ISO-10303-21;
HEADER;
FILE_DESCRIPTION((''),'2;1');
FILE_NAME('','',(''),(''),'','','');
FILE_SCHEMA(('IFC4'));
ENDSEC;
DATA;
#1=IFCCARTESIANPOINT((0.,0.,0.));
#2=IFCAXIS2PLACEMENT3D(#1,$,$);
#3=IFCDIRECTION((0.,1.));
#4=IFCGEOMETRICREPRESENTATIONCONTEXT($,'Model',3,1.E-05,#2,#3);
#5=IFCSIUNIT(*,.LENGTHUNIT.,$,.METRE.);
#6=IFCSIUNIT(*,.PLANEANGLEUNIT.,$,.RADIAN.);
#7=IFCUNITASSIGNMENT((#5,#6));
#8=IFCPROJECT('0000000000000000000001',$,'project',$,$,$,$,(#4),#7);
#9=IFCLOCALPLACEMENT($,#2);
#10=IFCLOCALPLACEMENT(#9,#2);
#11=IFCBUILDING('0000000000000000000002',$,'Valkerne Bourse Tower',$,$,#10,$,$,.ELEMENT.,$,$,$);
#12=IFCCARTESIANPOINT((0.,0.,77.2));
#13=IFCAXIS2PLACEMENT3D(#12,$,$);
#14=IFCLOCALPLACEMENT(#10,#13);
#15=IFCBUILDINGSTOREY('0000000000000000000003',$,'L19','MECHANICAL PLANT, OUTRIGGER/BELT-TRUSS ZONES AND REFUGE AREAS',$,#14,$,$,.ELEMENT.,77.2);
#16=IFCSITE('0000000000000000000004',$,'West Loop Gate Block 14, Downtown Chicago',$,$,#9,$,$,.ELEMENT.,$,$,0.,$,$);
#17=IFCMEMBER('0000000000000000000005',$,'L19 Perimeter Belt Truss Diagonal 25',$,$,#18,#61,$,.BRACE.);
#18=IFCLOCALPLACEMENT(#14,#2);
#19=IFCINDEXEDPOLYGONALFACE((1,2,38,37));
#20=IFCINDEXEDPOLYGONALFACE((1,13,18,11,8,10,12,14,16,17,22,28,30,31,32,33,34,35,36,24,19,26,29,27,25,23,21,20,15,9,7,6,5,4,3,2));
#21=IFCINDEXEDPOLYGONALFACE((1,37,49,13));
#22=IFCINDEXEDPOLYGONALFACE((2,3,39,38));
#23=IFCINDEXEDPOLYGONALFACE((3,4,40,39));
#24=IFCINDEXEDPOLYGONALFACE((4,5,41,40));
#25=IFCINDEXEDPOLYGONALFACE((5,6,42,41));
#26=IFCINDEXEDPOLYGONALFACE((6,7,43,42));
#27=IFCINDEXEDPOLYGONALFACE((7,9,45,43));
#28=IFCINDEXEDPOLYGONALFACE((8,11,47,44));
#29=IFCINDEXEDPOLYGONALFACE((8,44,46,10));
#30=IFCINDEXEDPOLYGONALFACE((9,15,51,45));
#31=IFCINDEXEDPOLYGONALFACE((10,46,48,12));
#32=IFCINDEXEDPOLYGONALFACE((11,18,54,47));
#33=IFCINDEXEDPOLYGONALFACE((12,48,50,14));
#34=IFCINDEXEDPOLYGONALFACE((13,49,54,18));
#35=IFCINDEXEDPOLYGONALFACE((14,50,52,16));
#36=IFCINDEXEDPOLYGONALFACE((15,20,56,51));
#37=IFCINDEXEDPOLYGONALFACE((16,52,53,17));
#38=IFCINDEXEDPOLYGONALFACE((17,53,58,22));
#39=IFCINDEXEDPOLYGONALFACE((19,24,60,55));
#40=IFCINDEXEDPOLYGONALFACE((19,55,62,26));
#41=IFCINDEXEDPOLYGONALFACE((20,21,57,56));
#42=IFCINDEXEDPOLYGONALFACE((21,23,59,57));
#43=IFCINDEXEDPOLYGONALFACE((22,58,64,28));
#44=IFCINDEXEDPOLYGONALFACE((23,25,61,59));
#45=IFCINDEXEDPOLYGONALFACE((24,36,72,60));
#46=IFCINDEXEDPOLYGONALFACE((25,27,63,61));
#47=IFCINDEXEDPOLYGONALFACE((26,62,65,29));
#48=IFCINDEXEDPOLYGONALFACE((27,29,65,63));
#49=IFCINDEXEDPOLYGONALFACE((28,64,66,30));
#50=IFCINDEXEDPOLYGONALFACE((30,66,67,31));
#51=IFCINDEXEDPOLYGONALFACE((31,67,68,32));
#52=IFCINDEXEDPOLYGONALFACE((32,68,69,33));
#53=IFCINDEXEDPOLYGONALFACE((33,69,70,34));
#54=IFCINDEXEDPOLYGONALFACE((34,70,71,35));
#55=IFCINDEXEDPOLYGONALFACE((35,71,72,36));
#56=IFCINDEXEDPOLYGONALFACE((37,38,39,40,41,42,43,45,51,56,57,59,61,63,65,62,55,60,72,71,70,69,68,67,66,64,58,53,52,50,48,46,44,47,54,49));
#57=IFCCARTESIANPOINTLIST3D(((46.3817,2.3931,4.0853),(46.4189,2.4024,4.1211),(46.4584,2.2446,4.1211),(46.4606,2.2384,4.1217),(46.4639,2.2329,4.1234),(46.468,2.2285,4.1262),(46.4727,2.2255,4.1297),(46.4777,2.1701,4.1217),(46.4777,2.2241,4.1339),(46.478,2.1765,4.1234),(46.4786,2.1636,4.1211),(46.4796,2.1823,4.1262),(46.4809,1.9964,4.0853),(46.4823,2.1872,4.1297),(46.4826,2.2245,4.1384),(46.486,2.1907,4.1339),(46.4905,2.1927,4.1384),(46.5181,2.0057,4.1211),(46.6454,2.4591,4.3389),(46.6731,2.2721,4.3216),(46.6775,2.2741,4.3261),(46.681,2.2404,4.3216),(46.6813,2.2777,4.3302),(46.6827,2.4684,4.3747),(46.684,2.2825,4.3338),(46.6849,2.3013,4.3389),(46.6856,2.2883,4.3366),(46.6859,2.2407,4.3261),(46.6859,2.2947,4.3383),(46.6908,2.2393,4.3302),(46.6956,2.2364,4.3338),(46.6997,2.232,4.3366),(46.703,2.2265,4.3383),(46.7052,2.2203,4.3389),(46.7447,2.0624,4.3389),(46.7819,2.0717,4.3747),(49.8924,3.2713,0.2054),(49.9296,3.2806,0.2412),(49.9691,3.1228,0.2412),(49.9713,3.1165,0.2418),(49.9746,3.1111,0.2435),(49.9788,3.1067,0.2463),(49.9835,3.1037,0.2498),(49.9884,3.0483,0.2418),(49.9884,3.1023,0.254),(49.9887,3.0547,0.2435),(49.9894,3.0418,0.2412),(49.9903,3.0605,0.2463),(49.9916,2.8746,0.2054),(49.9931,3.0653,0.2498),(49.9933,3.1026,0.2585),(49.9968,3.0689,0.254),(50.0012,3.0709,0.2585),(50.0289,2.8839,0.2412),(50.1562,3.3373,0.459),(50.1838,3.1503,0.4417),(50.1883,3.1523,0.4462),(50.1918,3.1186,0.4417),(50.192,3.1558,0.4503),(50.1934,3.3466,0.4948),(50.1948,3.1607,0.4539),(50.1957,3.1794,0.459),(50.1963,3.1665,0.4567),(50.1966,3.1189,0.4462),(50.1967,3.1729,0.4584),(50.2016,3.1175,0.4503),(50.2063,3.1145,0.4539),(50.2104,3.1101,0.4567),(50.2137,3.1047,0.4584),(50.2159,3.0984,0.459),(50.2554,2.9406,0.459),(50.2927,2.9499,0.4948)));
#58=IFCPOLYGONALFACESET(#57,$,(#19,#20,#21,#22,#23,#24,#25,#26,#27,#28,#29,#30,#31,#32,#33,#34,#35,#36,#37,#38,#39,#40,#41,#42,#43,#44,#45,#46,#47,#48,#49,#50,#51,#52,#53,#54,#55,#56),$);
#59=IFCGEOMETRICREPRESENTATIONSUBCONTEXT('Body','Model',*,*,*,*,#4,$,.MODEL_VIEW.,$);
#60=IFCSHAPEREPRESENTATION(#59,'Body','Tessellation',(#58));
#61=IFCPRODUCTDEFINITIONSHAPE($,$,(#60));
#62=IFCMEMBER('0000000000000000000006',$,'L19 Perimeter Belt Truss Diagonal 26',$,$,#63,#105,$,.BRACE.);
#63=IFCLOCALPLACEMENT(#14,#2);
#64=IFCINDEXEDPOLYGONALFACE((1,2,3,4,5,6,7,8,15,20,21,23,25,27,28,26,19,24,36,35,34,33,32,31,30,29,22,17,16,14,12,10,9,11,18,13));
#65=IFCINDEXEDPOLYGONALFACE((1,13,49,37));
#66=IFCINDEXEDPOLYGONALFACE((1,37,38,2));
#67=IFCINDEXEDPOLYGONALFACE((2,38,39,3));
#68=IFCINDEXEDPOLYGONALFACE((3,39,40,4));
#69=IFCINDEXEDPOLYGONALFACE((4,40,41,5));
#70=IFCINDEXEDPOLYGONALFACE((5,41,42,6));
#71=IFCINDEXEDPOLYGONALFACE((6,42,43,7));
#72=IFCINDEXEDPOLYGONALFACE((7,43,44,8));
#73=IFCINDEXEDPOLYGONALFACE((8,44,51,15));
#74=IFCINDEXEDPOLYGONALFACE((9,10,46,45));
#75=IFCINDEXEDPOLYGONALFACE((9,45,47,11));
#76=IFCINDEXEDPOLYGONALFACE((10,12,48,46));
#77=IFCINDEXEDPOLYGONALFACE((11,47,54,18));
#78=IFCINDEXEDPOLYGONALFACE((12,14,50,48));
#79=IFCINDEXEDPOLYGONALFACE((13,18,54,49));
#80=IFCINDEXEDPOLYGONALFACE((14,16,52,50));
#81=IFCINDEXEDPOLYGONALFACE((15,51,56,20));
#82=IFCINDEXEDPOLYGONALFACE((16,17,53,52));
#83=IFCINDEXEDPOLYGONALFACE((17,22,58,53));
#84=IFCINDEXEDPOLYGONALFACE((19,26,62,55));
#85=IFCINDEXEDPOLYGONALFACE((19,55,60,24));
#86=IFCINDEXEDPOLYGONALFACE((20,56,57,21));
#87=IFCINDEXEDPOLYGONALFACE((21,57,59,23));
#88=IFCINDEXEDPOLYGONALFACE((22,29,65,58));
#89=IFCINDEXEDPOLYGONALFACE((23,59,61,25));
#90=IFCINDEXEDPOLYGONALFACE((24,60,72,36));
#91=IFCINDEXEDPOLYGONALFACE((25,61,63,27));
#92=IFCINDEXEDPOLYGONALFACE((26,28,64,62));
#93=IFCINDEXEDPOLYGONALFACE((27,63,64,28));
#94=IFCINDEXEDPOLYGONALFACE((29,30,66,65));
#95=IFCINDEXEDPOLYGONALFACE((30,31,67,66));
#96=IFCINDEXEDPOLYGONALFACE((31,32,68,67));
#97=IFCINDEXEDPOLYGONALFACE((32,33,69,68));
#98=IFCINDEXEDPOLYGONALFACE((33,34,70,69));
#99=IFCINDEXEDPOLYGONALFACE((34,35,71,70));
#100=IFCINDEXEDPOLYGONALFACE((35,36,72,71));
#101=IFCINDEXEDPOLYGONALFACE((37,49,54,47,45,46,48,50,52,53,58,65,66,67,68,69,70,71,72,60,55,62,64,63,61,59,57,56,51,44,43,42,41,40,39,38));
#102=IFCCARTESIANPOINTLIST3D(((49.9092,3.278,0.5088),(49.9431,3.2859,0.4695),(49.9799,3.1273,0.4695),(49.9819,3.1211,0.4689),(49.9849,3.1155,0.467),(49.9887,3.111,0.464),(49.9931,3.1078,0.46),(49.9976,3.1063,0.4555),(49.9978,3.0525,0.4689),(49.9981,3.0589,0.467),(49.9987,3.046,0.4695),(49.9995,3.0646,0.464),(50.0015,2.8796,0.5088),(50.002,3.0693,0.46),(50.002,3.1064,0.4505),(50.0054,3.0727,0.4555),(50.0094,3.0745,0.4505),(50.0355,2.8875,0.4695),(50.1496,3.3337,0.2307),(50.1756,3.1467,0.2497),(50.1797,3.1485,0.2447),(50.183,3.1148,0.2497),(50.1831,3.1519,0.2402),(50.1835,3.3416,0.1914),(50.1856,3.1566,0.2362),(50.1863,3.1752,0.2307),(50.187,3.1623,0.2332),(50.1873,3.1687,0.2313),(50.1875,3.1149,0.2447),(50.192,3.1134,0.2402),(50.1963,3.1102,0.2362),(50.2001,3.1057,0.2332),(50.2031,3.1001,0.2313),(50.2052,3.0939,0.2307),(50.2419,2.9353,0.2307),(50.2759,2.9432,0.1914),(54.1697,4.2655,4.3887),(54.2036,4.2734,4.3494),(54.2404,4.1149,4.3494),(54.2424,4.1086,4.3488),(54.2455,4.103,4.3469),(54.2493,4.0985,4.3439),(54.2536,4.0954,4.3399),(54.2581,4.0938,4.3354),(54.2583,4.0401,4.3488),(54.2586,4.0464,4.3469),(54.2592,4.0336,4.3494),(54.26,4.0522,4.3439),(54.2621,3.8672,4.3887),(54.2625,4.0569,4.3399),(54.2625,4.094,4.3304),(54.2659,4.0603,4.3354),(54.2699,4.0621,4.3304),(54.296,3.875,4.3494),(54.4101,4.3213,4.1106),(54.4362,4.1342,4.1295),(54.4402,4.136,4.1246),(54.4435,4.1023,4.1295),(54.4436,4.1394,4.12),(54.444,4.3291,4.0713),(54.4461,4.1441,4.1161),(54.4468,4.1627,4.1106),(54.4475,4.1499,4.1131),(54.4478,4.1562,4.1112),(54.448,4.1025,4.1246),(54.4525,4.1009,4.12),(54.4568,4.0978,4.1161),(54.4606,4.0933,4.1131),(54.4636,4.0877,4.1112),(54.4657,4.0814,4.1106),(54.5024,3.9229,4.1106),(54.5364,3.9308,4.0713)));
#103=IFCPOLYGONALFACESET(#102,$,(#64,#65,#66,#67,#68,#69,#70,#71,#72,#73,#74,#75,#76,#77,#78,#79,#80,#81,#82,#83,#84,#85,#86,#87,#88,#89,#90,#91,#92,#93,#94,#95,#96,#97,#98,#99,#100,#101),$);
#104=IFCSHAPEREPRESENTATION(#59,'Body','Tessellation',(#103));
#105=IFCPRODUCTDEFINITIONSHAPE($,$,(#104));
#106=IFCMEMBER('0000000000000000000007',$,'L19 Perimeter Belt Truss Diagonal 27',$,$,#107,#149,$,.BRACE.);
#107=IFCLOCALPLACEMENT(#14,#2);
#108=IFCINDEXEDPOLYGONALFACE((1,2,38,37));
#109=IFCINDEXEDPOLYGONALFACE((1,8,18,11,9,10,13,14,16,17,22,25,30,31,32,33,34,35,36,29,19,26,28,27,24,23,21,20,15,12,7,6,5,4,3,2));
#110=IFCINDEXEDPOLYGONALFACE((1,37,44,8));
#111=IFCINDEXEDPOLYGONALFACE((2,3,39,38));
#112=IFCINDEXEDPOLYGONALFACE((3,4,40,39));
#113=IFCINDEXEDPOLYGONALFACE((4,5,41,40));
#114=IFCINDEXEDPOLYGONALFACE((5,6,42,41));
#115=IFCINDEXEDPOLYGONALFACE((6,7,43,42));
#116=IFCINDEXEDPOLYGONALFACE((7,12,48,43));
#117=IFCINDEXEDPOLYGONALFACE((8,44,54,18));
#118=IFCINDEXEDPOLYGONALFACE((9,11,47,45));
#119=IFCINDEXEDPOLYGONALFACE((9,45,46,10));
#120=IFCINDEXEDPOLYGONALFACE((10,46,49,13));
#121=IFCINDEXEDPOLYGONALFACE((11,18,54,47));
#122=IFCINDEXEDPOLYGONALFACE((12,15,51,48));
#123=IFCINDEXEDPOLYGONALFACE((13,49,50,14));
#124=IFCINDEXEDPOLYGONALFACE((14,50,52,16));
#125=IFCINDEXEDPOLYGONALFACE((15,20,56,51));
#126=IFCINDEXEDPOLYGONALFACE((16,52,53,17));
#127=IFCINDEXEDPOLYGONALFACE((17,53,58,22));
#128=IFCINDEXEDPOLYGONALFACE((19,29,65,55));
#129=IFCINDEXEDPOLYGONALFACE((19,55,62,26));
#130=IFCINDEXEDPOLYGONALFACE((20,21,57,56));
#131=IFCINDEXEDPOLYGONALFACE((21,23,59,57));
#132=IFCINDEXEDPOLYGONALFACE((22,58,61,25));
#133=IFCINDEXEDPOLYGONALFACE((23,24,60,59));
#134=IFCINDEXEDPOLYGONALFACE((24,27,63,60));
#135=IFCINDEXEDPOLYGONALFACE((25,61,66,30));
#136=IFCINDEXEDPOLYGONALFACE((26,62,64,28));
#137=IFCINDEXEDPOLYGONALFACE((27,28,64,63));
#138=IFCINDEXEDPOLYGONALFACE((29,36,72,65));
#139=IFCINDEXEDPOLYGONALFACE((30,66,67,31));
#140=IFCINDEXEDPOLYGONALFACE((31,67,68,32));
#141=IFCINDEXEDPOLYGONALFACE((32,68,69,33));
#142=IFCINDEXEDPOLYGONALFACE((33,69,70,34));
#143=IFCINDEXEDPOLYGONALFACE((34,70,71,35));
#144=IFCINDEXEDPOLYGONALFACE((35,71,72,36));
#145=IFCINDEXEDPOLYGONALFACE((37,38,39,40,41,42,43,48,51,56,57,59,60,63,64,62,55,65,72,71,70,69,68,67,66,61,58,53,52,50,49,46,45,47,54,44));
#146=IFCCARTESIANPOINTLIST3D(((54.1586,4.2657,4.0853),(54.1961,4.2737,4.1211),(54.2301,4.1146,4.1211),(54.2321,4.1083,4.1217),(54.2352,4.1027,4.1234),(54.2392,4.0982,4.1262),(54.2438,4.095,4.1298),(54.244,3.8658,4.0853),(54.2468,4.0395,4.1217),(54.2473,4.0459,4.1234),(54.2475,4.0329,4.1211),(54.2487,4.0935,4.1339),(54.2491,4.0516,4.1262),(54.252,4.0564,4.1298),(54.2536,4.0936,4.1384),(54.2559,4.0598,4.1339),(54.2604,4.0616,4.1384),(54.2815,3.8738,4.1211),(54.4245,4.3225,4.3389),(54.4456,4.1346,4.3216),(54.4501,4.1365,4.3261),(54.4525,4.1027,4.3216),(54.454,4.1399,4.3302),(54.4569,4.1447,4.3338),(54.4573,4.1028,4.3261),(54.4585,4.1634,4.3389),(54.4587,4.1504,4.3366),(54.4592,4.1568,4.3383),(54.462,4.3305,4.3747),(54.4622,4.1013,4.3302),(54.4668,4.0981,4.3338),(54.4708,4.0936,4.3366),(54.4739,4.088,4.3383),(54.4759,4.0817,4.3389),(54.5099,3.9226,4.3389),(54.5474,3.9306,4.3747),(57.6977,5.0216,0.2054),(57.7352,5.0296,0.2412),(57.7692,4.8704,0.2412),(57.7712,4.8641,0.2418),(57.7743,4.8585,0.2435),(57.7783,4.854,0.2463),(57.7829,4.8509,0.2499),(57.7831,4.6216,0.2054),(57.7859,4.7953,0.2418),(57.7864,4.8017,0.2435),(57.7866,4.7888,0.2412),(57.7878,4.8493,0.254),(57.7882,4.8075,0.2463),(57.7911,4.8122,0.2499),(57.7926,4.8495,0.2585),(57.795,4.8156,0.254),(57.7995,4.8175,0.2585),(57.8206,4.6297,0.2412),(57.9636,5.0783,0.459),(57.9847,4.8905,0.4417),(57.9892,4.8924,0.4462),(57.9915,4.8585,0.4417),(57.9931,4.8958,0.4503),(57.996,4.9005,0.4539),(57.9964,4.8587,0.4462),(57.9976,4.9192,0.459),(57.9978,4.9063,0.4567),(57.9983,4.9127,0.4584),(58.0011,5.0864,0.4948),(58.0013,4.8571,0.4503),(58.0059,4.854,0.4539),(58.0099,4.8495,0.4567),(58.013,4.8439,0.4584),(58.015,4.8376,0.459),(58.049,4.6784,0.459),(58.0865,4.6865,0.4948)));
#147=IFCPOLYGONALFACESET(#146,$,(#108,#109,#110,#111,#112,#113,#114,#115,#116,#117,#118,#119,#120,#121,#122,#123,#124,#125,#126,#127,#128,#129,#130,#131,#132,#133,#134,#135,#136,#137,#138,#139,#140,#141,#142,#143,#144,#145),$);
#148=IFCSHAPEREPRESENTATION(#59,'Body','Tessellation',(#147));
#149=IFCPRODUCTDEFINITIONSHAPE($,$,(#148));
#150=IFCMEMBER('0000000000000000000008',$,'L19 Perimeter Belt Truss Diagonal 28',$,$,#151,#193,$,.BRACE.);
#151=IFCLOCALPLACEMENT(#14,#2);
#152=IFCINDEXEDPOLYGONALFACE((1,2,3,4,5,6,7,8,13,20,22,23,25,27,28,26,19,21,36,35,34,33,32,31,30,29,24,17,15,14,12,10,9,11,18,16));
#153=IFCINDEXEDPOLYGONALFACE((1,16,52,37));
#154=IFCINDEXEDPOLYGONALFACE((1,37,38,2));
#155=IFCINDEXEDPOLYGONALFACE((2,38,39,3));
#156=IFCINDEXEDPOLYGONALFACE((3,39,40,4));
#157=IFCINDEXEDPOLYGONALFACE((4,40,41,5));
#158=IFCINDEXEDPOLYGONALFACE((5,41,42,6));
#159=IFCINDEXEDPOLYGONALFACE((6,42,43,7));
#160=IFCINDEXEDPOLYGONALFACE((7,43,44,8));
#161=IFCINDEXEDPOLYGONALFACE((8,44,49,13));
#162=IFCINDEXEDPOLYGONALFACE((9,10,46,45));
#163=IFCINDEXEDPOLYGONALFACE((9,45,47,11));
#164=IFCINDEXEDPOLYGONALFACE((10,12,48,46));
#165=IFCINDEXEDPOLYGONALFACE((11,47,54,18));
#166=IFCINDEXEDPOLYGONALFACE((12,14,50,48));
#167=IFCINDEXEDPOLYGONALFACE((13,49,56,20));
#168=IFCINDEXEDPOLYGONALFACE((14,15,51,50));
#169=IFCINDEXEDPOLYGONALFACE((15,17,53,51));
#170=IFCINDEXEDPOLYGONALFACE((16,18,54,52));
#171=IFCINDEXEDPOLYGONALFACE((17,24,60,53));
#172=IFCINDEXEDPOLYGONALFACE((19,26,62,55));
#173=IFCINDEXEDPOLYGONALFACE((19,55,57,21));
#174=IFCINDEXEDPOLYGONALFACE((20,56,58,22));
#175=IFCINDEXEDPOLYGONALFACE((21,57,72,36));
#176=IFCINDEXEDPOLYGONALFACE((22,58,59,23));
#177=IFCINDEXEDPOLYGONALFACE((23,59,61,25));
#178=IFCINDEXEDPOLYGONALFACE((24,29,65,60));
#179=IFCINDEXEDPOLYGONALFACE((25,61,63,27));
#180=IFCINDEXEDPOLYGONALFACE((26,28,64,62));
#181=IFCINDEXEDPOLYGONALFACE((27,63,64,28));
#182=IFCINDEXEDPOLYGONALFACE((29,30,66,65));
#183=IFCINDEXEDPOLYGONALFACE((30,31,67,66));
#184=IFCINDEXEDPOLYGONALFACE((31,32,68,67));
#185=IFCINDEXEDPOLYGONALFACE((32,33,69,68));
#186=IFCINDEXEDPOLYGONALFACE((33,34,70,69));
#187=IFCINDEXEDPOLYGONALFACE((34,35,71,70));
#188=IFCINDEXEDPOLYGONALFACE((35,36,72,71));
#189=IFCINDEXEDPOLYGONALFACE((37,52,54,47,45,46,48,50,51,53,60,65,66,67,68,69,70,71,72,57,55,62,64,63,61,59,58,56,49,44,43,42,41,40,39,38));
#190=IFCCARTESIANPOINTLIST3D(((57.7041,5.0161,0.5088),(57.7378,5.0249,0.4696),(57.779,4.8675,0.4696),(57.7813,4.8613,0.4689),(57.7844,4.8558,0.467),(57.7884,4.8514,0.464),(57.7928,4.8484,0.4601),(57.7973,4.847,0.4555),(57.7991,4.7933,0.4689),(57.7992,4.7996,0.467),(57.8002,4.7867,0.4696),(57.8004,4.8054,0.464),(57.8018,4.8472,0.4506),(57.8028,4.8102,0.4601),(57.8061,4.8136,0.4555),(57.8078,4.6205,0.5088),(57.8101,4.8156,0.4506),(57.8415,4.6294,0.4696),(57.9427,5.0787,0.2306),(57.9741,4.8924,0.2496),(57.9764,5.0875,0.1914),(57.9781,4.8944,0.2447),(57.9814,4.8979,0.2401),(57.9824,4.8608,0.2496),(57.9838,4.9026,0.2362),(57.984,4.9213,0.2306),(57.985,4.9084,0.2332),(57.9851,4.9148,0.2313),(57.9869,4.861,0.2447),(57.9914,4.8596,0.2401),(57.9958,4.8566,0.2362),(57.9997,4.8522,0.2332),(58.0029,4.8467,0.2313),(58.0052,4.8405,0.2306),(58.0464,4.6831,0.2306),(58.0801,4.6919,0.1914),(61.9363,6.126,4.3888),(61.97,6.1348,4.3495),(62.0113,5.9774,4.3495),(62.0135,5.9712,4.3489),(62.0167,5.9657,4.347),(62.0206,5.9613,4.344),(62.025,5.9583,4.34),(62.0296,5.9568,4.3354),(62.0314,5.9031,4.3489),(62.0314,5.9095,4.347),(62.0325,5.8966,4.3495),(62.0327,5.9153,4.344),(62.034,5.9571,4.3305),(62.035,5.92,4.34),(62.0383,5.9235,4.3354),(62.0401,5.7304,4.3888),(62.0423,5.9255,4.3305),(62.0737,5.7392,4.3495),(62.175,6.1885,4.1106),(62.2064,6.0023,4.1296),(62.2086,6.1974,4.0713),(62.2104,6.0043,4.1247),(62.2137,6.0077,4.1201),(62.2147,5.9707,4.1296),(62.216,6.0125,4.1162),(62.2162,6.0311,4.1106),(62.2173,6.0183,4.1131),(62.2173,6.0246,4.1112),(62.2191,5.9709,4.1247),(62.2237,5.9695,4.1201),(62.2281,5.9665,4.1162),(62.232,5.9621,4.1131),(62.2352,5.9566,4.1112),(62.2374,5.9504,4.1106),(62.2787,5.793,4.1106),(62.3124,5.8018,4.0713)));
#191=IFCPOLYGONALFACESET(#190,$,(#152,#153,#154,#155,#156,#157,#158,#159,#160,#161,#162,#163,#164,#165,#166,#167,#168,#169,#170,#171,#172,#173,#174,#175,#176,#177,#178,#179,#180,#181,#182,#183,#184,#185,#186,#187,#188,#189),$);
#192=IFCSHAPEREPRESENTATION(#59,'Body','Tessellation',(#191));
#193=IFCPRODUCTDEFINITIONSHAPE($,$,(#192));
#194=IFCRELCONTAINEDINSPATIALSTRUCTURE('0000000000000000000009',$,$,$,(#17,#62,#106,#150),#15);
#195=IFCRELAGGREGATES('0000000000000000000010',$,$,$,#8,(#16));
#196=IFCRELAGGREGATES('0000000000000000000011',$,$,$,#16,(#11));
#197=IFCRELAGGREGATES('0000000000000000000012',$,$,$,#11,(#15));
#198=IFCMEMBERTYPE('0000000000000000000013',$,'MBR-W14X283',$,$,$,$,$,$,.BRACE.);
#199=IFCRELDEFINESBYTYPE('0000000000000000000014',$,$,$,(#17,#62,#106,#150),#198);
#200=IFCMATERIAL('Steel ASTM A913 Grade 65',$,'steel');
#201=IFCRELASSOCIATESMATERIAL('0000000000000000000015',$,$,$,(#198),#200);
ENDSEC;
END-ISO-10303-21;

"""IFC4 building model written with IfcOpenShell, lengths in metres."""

from ifc_helpers import new_model, si_unit, direction, frame, origin, origin_2d, place, context, subcontext, project, spatial, i_section, extrude, material, material_profile, profile_set, type_object, element, save


model = new_model("IFC4")

# Units and contexts
model_context = context("Model", 3, precision=1e-05, world=origin(), true_north=direction((0.0, 1.0)))
body_context = subcontext(model_context, "Body", "Model", "MODEL_VIEW")
ifc_project = project(units=[si_unit("LENGTHUNIT", "METRE"), si_unit("PLANEANGLEUNIT", "RADIAN")], contexts=[model_context])

# Site, building, storey
site_placement = place(None, origin())
site = spatial("IfcSite", under=ifc_project, at=site_placement, Name="West Loop Gate Block 14, Downtown Chicago", CompositionType="ELEMENT", RefElevation=0.0)
building_placement = place(site_placement, origin())
building = spatial("IfcBuilding", under=site, at=building_placement, Name="Valkerne Bourse Tower", CompositionType="ELEMENT")
storey_placement = place(building_placement, frame((0.0, 0.0, 77.2)))
storey = spatial("IfcBuildingStorey", under=building, at=storey_placement, Name="L19", Description="MECHANICAL PLANT, OUTRIGGER/BELT-TRUSS ZONES AND REFUGE AREAS", CompositionType="ELEMENT", Elevation=77.2)

# Shared definitions
ifc_material_1 = material(Name="Steel ASTM A913 Grade 65", Category="steel")

# Members
ifc_material_profile_1 = material_profile(ifc_material_1, i_section(OverallWidth=0.4089, OverallDepth=0.4243, WebThickness=0.0327, FlangeThickness=0.0525, FilletRadius=0.0254, at=origin_2d()), Name="W14X283")
ifc_profile_set_1 = profile_set([ifc_material_profile_1], Name="Steel ASTM A913 Grade 65")
member_type_1 = type_object("IfcMemberType", Name="MBR-W14X283", PredefinedType="BRACE", material=ifc_profile_set_1)
member_1_placement = place(storey_placement, frame((50.0925, 3.1106, 0.3501), z_axis=(-0.661698, -0.165517, 0.731273), x_axis=(0.242663, -0.970111, 0.0)))
element("IfcMember", 1, at=member_1_placement, inside=storey, type_object=member_type_1, Name="L19 Perimeter Belt Truss Diagonal 25", PredefinedType="BRACE", context=body_context, shape_type="SweptSolid", body=[
    extrude(i_section(OverallWidth=0.4089, OverallDepth=0.4243, WebThickness=0.0327, FlangeThickness=0.0525, FilletRadius=0.0254, at=origin_2d()), origin(), (0.0, 0.0, 1.0), 5.3057),
])
member_2_placement = place(storey_placement, frame((50.0925, 3.1106, 0.3501), z_axis=(0.728737, 0.168915, 0.663634), x_axis=(-0.225805, 0.974172, 0.0)))
element("IfcMember", 2, at=member_2_placement, inside=storey, type_object=member_type_1, Name="L19 Perimeter Belt Truss Diagonal 26", PredefinedType="BRACE", context=body_context, shape_type="SweptSolid", body=[
    extrude(i_section(OverallWidth=0.4089, OverallDepth=0.4243, WebThickness=0.0327, FlangeThickness=0.0525, FilletRadius=0.0254, at=origin_2d()), origin(), (0.0, 0.0, 1.0), 5.8464),
])
member_3_placement = place(storey_placement, frame((57.8921, 4.854, 0.3501), z_axis=(-0.667038, -0.142463, 0.731276), x_axis=(0.208866, -0.977944, 0.0)))
element("IfcMember", 3, at=member_3_placement, inside=storey, type_object=member_type_1, Name="L19 Perimeter Belt Truss Diagonal 27", PredefinedType="BRACE", context=body_context, shape_type="SweptSolid", body=[
    extrude(i_section(OverallWidth=0.4089, OverallDepth=0.4243, WebThickness=0.0327, FlangeThickness=0.0525, FilletRadius=0.0254, at=origin_2d()), origin(), (0.0, 0.0, 1.0), 5.3057),
])
member_4_placement = place(storey_placement, frame((57.8921, 4.854, 0.3501), z_axis=(0.723723, 0.189792, 0.663479), x_axis=(-0.253666, 0.967292, 0.0)))
element("IfcMember", 4, at=member_4_placement, inside=storey, type_object=member_type_1, Name="L19 Perimeter Belt Truss Diagonal 28", PredefinedType="BRACE", context=body_context, shape_type="SweptSolid", body=[
    extrude(i_section(OverallWidth=0.4089, OverallDepth=0.4243, WebThickness=0.0327, FlangeThickness=0.0525, FilletRadius=0.0254, at=origin_2d()), origin(), (0.0, 0.0, 1.0), 5.8479),
])

save(model, "model.ifc")
